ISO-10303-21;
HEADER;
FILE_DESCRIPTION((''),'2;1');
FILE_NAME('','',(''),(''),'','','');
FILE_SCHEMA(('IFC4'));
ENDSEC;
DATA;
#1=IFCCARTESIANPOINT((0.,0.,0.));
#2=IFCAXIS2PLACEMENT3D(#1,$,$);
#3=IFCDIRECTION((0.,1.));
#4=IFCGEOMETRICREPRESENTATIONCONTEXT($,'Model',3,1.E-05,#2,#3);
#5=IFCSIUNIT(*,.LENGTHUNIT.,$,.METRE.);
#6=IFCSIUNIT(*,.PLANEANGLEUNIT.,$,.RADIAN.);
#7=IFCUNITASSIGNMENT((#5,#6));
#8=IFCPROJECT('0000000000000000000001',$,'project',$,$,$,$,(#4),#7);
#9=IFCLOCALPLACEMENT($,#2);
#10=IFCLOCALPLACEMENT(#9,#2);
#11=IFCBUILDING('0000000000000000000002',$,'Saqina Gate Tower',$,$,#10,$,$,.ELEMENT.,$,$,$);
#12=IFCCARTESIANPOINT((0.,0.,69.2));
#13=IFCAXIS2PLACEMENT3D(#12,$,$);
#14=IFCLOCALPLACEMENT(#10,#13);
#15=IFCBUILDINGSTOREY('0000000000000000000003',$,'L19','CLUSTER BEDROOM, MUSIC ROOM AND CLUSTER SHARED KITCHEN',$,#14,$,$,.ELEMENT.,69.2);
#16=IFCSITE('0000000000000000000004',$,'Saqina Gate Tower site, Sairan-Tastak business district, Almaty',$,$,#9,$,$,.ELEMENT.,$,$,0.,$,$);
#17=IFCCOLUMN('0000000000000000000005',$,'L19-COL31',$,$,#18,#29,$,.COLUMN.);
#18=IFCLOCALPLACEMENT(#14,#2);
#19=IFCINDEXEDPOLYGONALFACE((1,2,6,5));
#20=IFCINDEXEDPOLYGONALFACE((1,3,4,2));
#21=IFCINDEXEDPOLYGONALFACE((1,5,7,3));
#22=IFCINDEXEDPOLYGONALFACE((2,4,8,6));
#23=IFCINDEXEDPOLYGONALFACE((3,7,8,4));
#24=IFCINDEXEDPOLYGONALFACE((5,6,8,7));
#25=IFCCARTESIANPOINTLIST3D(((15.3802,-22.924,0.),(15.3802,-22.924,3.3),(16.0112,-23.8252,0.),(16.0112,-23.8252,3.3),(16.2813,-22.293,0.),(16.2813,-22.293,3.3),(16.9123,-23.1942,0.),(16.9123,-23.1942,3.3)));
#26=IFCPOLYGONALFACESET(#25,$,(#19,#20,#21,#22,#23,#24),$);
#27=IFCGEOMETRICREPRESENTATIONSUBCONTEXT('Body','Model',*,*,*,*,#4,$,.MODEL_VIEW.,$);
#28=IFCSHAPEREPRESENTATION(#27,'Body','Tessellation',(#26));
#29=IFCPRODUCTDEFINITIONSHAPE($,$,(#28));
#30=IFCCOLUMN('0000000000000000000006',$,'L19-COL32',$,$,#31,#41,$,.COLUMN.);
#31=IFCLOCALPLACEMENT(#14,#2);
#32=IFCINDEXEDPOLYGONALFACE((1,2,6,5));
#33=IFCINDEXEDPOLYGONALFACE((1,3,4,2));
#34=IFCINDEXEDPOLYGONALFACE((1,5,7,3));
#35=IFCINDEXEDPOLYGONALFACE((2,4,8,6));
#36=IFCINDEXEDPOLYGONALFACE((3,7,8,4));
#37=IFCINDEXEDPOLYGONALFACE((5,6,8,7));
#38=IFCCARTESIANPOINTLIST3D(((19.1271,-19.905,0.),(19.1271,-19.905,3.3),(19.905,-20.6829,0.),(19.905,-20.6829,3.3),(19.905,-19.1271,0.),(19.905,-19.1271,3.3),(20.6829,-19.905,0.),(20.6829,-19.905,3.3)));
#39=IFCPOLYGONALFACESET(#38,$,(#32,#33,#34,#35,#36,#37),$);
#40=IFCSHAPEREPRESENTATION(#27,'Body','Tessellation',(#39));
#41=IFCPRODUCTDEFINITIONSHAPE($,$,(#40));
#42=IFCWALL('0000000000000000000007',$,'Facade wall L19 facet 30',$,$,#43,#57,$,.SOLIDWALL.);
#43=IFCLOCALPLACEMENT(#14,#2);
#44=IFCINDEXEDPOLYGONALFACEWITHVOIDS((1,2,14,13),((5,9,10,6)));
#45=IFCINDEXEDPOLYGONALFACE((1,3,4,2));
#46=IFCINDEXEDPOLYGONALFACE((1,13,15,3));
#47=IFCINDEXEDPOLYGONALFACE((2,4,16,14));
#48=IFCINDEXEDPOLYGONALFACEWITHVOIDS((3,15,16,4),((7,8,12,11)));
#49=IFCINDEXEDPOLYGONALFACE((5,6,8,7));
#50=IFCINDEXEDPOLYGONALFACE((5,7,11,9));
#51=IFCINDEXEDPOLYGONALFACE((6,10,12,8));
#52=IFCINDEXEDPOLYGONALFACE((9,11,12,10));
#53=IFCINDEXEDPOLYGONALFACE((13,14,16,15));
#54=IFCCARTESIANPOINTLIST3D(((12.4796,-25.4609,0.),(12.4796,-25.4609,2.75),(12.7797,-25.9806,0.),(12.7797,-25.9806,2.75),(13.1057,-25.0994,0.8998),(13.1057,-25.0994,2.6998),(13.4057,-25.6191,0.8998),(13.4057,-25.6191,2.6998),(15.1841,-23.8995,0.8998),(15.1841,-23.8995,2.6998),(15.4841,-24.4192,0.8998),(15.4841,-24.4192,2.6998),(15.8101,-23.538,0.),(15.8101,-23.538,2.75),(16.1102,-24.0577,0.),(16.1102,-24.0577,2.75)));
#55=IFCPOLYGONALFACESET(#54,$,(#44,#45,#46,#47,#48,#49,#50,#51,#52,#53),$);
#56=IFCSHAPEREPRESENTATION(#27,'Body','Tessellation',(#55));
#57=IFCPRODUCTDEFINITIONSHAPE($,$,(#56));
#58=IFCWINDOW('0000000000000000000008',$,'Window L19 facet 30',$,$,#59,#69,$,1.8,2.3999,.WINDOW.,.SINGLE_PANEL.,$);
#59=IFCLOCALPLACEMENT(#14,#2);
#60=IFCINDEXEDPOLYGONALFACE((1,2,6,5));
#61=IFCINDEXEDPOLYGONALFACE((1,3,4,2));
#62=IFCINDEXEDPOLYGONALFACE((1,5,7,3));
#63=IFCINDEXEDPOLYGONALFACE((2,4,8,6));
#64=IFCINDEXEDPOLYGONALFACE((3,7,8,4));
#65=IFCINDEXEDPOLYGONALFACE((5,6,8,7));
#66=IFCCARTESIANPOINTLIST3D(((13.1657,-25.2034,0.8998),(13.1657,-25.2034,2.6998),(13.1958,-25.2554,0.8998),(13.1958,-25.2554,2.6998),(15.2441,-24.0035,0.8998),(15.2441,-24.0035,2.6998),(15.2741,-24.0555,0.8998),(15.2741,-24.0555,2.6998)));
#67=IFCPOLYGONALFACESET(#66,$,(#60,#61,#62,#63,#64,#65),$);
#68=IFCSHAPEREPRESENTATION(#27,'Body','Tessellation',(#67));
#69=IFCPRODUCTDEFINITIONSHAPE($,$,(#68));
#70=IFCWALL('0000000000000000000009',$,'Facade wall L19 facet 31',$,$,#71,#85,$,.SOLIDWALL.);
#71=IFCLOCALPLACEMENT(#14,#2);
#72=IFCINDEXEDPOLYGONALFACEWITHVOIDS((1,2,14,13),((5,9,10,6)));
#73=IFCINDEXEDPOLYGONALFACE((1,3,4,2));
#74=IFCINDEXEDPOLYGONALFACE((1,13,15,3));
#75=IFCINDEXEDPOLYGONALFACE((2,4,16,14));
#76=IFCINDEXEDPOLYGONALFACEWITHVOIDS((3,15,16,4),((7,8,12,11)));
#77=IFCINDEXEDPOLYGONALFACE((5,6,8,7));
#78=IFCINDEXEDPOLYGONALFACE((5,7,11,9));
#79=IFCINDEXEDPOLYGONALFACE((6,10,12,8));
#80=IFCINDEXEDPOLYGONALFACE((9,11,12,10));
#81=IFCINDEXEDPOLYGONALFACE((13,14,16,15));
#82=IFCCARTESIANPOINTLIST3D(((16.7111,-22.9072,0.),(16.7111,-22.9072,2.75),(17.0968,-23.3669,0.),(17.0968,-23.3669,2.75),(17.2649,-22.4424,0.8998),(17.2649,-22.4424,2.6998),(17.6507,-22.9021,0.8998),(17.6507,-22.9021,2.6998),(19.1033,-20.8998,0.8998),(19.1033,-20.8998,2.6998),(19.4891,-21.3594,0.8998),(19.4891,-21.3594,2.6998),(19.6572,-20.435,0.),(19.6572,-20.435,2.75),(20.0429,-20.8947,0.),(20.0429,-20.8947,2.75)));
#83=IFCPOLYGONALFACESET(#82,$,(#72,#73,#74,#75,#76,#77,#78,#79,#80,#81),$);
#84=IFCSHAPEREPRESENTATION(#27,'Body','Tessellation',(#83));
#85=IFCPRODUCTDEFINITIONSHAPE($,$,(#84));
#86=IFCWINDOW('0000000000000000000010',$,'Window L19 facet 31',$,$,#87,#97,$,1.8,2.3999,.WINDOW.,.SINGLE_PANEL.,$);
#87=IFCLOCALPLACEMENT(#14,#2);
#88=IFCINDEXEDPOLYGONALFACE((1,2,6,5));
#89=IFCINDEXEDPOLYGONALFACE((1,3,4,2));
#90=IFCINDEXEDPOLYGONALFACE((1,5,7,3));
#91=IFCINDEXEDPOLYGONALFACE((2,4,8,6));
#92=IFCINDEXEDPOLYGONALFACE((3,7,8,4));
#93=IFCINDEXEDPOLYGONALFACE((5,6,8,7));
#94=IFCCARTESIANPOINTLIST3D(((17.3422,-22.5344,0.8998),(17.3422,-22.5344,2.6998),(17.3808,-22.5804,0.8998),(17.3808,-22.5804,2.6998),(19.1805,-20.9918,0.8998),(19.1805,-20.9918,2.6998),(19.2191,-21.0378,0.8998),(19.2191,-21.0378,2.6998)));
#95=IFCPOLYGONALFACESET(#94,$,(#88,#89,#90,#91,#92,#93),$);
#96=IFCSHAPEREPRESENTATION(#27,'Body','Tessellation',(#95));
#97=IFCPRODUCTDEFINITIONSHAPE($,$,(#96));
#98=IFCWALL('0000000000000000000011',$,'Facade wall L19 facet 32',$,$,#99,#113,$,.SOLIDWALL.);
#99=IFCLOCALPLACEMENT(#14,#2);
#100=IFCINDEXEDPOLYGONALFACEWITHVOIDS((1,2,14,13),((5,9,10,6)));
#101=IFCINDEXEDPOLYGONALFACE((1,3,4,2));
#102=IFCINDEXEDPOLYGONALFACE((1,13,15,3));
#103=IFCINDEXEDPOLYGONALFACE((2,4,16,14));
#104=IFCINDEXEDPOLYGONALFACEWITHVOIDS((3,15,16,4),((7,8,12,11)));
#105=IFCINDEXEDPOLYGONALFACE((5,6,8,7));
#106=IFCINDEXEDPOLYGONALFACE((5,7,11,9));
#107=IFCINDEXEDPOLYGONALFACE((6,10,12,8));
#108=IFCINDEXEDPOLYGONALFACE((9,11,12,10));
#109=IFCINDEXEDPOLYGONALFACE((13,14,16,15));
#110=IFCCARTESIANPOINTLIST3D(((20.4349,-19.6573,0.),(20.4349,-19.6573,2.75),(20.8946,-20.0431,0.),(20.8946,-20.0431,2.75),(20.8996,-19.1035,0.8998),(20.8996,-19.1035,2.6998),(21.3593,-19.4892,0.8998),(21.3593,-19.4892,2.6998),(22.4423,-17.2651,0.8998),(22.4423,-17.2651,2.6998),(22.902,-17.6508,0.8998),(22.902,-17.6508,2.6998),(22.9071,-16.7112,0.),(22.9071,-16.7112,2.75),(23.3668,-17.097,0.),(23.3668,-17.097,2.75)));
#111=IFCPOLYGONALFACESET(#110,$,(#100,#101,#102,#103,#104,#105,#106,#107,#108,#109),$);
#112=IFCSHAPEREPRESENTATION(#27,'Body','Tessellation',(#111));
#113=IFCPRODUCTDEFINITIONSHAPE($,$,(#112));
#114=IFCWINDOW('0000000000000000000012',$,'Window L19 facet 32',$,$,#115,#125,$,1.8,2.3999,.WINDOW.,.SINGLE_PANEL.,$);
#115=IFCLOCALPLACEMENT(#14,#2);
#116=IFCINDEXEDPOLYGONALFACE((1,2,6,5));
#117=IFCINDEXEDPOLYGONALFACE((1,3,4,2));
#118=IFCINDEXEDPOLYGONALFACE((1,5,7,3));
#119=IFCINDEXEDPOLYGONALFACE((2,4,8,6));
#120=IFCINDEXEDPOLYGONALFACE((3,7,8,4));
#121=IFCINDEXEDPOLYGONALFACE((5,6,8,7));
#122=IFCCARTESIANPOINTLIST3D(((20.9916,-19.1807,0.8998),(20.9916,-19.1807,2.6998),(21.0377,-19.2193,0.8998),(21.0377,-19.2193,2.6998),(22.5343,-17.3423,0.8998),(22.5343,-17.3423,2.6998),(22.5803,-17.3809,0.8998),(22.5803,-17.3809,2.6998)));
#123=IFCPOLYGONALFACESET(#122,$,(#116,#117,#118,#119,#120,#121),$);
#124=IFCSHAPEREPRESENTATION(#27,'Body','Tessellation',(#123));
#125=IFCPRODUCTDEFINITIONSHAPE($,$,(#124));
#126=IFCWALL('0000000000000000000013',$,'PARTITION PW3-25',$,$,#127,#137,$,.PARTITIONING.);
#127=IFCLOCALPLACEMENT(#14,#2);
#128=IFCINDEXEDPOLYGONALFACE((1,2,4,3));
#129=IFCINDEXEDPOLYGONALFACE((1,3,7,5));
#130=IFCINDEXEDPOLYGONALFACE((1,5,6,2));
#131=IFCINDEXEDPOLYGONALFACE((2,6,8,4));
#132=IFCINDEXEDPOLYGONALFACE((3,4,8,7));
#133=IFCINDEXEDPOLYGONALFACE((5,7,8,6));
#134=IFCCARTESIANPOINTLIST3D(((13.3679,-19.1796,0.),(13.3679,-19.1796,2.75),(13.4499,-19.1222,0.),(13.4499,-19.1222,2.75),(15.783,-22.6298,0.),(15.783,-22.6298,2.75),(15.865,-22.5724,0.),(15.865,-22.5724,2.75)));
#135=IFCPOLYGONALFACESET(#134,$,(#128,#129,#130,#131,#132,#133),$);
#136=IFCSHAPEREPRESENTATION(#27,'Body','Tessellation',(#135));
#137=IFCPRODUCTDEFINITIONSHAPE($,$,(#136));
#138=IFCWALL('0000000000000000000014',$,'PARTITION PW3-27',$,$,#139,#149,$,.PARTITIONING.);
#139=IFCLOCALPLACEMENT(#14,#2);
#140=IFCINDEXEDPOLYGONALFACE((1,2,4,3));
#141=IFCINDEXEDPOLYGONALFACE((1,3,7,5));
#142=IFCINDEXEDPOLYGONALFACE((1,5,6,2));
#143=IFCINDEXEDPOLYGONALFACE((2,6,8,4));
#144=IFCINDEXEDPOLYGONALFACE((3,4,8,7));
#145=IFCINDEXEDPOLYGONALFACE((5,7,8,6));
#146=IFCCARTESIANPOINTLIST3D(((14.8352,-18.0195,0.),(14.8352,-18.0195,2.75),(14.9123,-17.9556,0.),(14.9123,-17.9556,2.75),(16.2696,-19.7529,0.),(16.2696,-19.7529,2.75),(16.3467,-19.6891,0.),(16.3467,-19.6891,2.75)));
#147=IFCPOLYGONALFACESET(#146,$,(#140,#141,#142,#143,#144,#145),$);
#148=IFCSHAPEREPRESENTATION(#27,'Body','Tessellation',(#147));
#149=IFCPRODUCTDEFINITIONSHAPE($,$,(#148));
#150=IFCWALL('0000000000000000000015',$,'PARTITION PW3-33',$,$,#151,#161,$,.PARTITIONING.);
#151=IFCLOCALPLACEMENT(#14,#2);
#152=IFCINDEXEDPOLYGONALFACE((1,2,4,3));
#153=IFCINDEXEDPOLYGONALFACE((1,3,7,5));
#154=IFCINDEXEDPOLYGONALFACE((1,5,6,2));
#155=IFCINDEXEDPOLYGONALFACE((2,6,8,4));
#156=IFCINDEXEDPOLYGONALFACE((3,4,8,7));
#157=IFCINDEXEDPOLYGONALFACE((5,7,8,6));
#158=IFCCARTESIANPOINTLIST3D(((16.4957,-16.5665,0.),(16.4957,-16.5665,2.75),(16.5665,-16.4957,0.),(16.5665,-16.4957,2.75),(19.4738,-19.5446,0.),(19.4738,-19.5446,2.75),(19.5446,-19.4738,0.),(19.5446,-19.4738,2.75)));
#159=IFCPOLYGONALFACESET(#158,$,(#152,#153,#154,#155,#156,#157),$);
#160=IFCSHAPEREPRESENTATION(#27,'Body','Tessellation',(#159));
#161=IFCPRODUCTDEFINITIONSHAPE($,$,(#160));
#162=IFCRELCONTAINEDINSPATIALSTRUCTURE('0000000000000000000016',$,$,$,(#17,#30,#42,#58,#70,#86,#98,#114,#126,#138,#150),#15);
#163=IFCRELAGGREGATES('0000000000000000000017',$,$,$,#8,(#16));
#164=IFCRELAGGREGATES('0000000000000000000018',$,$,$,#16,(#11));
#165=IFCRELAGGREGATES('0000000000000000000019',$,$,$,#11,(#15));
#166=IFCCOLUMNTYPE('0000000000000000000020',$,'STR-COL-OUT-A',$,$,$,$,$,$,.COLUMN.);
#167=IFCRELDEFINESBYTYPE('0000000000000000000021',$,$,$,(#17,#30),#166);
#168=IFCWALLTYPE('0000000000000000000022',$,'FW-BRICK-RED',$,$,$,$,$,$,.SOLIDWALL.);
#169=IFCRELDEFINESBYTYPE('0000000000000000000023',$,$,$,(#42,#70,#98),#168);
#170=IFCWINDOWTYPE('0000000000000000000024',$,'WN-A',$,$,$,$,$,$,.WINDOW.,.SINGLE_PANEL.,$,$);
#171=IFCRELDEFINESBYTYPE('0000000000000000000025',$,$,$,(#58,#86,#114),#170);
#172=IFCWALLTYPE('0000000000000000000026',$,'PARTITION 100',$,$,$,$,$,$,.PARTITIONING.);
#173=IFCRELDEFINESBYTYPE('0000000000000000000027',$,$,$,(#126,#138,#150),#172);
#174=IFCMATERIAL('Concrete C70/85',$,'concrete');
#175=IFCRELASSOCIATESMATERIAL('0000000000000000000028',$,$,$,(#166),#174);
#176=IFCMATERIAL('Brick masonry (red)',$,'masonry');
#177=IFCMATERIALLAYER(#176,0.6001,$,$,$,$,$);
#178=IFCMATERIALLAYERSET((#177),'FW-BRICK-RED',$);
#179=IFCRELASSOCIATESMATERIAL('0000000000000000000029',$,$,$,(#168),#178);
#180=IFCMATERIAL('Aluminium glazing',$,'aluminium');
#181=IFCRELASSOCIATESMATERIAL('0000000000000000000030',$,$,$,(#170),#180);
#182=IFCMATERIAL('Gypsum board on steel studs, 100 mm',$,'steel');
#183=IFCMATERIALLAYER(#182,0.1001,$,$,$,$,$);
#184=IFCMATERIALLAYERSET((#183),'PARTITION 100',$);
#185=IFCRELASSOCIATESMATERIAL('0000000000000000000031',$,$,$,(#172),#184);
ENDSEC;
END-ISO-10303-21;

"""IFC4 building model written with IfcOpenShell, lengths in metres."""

from ifc_helpers import new_model, si_unit, direction, frame, frame_2d, origin, origin_2d, place, context, subcontext, project, spatial, rectangle, extrude, material, layer, layer_set, material_profile, profile_set, type_object, element, fill, save


model = new_model("IFC4")

# Units and contexts
model_context = context("Model", 3, precision=1e-05, world=origin(), true_north=direction((0.0, 1.0)))
body_context = subcontext(model_context, "Body", "Model", "MODEL_VIEW")
ifc_project = project(units=[si_unit("LENGTHUNIT", "METRE"), si_unit("PLANEANGLEUNIT", "RADIAN")], contexts=[model_context])

# Site, building, storey
site_placement = place(None, origin())
site = spatial("IfcSite", under=ifc_project, at=site_placement, Name="Saqina Gate Tower site, Sairan-Tastak business district, Almaty", CompositionType="ELEMENT", RefElevation=0.0)
building_placement = place(site_placement, origin())
building = spatial("IfcBuilding", under=site, at=building_placement, Name="Saqina Gate Tower", CompositionType="ELEMENT")
storey_placement = place(building_placement, frame((0.0, 0.0, 69.2)))
storey = spatial("IfcBuildingStorey", under=building, at=storey_placement, Name="L19", Description="CLUSTER BEDROOM, MUSIC ROOM AND CLUSTER SHARED KITCHEN", CompositionType="ELEMENT", Elevation=69.2)

# Columns
ifc_material_1 = material(Name="Concrete C70/85", Category="concrete")
ifc_material_profile = material_profile(ifc_material_1, rectangle(XDim=1.1001, YDim=1.1001, at=origin_2d()), Name="RC 1100x1100")
ifc_profile_set = profile_set([ifc_material_profile], Name="Concrete C70/85")
column_type = type_object("IfcColumnType", Name="STR-COL-OUT-A", PredefinedType="COLUMN", material=ifc_profile_set)
for number, where, z_axis, x_axis, name in (
    (1, (16.1462, -23.0591, 0.0), (0.0, 0.0, 1.0), (0.573576, -0.819152, 0.0), "L19-COL31"),
    (2, (19.905, -19.905, 0.0), (0.0, 0.0, 1.0), (0.707107, -0.707107, 0.0), "L19-COL32"),
):
    element("IfcColumn", number, at=place(storey_placement, frame(where, z_axis=z_axis, x_axis=x_axis)), inside=storey, type_object=column_type, Name=name, PredefinedType="COLUMN", context=body_context, shape_type="SweptSolid", body=[
        extrude(rectangle(XDim=1.1001, YDim=1.1001, at=origin_2d()), origin(), (0.0, 0.0, 1.0), 3.3),
    ])

# Walls, openings, windows
ifc_material_2 = material(Name="Brick masonry (red)", Category="masonry")
ifc_layer_1 = layer(ifc_material_2, 0.6001)
ifc_layer_set_1 = layer_set([ifc_layer_1], Name="FW-BRICK-RED")
wall_type_1 = type_object("IfcWallType", Name="FW-BRICK-RED", PredefinedType="SOLIDWALL", material=ifc_layer_set_1)
wall_1_placement = place(storey_placement, frame((12.6296, -25.7207, 0.0), z_axis=(0.0, 0.0, 1.0), x_axis=(0.866031, 0.49999, 0.0)))
wall_1 = element("IfcWall", 3, at=wall_1_placement, inside=storey, type_object=wall_type_1, Name="Facade wall L19 facet 30", PredefinedType="SOLIDWALL", context=body_context, shape_type="SweptSolid", body=[
    extrude(rectangle(XDim=3.8457, YDim=0.6001, at=frame_2d((1.9229, 0.0))), origin(), (0.0, 0.0, 1.0), 2.75),
])
opening_1_placement = place(wall_1_placement, frame((0.7229, 0.0, 0.8999)))
opening_1 = element("IfcOpeningElement", 4, at=opening_1_placement, cuts=wall_1, PredefinedType="OPENING", context=body_context, shape_type="SweptSolid", body=[
    extrude(rectangle(XDim=2.3999, YDim=1.8, at=frame_2d((1.2, 0.8999))), frame((0.0, 0.312, 0.0), z_axis=(0.0, -1.0, 0.0), x_axis=(1.0, 0.0, 0.0)), (0.0, 0.0, 1.0), 0.624),
])
ifc_material_3 = material(Name="Aluminium glazing", Category="aluminium")
window_type = type_object("IfcWindowType", Name="WN-A", PartitioningType="SINGLE_PANEL", PredefinedType="WINDOW", material=ifc_material_3)
window_1_placement = place(opening_1_placement, origin())
window_1 = element("IfcWindow", 5, at=window_1_placement, inside=storey, type_object=window_type, Name="Window L19 facet 30", OverallHeight=1.8, OverallWidth=2.3999, PartitioningType="SINGLE_PANEL", PredefinedType="WINDOW", context=body_context, shape_type="SweptSolid", body=[
    extrude(rectangle(XDim=2.3999, YDim=1.8, at=frame_2d((1.2, 0.8999))), frame((0.0, 0.1799, 0.0), z_axis=(0.0, -1.0, 0.0), x_axis=(1.0, 0.0, 0.0)), (0.0, 0.0, 1.0), 0.0601),
])
fill(opening_1, window_1)
wall_2_placement = place(storey_placement, frame((16.9041, -23.137, 0.0), z_axis=(0.0, 0.0, 1.0), x_axis=(0.766026, 0.642809, 0.0)))
wall_2 = element("IfcWall", 6, at=wall_2_placement, inside=storey, type_object=wall_type_1, Name="Facade wall L19 facet 31", PredefinedType="SOLIDWALL", context=body_context, shape_type="SweptSolid", body=[
    extrude(rectangle(XDim=3.8459, YDim=0.6001, at=frame_2d((1.9229, 0.0))), origin(), (0.0, 0.0, 1.0), 2.75),
])
opening_2_placement = place(wall_2_placement, frame((0.7229, 0.0, 0.8999)))
opening_2 = element("IfcOpeningElement", 7, at=opening_2_placement, cuts=wall_2, PredefinedType="OPENING", context=body_context, shape_type="SweptSolid", body=[
    extrude(rectangle(XDim=2.3999, YDim=1.8, at=frame_2d((1.2, 0.8999))), frame((0.0, 0.312, 0.0), z_axis=(0.0, -1.0, 0.0), x_axis=(1.0, 0.0, 0.0)), (0.0, 0.0, 1.0), 0.624),
])
window_2_placement = place(opening_2_placement, origin())
window_2 = element("IfcWindow", 8, at=window_2_placement, inside=storey, type_object=window_type, Name="Window L19 facet 31", OverallHeight=1.8, OverallWidth=2.3999, PartitioningType="SINGLE_PANEL", PredefinedType="WINDOW", context=body_context, shape_type="SweptSolid", body=[
    extrude(rectangle(XDim=2.3999, YDim=1.8, at=frame_2d((1.2, 0.8999))), frame((0.0, 0.1799, 0.0), z_axis=(0.0, -1.0, 0.0), x_axis=(1.0, 0.0, 0.0)), (0.0, 0.0, 1.0), 0.0601),
])
fill(opening_2, window_2)
wall_3_placement = place(storey_placement, frame((20.6648, -19.8501, 0.0), z_axis=(0.0, 0.0, 1.0), x_axis=(0.642809, 0.766026, 0.0)))
wall_3 = element("IfcWall", 9, at=wall_3_placement, inside=storey, type_object=wall_type_1, Name="Facade wall L19 facet 32", PredefinedType="SOLIDWALL", context=body_context, shape_type="SweptSolid", body=[
    extrude(rectangle(XDim=3.8459, YDim=0.6001, at=frame_2d((1.9229, 0.0))), origin(), (0.0, 0.0, 1.0), 2.75),
])
opening_3_placement = place(wall_3_placement, frame((0.7229, 0.0, 0.8999)))
opening_3 = element("IfcOpeningElement", 10, at=opening_3_placement, cuts=wall_3, PredefinedType="OPENING", context=body_context, shape_type="SweptSolid", body=[
    extrude(rectangle(XDim=2.3999, YDim=1.8, at=frame_2d((1.2, 0.8999))), frame((0.0, 0.312, 0.0), z_axis=(0.0, -1.0, 0.0), x_axis=(1.0, 0.0, 0.0)), (0.0, 0.0, 1.0), 0.624),
])
window_3_placement = place(opening_3_placement, origin())
window_3 = element("IfcWindow", 11, at=window_3_placement, inside=storey, type_object=window_type, Name="Window L19 facet 32", OverallHeight=1.8, OverallWidth=2.3999, PartitioningType="SINGLE_PANEL", PredefinedType="WINDOW", context=body_context, shape_type="SweptSolid", body=[
    extrude(rectangle(XDim=2.3999, YDim=1.8, at=frame_2d((1.2, 0.8999))), frame((0.0, 0.1799, 0.0), z_axis=(0.0, -1.0, 0.0), x_axis=(1.0, 0.0, 0.0)), (0.0, 0.0, 1.0), 0.0601),
])
fill(opening_3, window_3)

# Walls
ifc_material_4 = material(Name="Gypsum board on steel studs, 100 mm", Category="steel")
ifc_layer_2 = layer(ifc_material_4, 0.1001)
ifc_layer_set_2 = layer_set([ifc_layer_2], Name="PARTITION 100")
wall_type_2 = type_object("IfcWallType", Name="PARTITION 100", PredefinedType="PARTITIONING", material=ifc_layer_set_2)
wall_4_placement = place(storey_placement, frame((13.4089, -19.1509, 0.0), z_axis=(0.0, 0.0, 1.0), x_axis=(0.573447, -0.819243, 0.0)))
element("IfcWall", 12, at=wall_4_placement, inside=storey, type_object=wall_type_2, Name="PARTITION PW3-25", PredefinedType="PARTITIONING", context=body_context, shape_type="SweptSolid", body=[
    extrude(rectangle(XDim=4.2114, YDim=0.1001, at=frame_2d((2.1057, 0.0))), origin(), (0.0, 0.0, 1.0), 2.75),
])
wall_5_placement = place(storey_placement, frame((14.8738, -17.9875, 0.0), z_axis=(0.0, 0.0, 1.0), x_axis=(0.637512, -0.77044, 0.0)))
element("IfcWall", 13, at=wall_5_placement, inside=storey, type_object=wall_type_2, Name="PARTITION PW3-27", PredefinedType="PARTITIONING", context=body_context, shape_type="SweptSolid", body=[
    extrude(rectangle(XDim=2.25, YDim=0.1001, at=frame_2d((1.125, 0.0))), origin(), (0.0, 0.0, 1.0), 2.75),
])
wall_6_placement = place(storey_placement, frame((16.531, -16.531, 0.0), z_axis=(0.0, 0.0, 1.0), x_axis=(0.707107, -0.707107, 0.0)))
element("IfcWall", 14, at=wall_6_placement, inside=storey, type_object=wall_type_2, Name="PARTITION PW3-33", PredefinedType="PARTITIONING", context=body_context, shape_type="SweptSolid", body=[
    extrude(rectangle(XDim=4.2117, YDim=0.1001, at=frame_2d((2.106, 0.0))), origin(), (0.0, 0.0, 1.0), 2.75),
])

save(model, "model.ifc")
